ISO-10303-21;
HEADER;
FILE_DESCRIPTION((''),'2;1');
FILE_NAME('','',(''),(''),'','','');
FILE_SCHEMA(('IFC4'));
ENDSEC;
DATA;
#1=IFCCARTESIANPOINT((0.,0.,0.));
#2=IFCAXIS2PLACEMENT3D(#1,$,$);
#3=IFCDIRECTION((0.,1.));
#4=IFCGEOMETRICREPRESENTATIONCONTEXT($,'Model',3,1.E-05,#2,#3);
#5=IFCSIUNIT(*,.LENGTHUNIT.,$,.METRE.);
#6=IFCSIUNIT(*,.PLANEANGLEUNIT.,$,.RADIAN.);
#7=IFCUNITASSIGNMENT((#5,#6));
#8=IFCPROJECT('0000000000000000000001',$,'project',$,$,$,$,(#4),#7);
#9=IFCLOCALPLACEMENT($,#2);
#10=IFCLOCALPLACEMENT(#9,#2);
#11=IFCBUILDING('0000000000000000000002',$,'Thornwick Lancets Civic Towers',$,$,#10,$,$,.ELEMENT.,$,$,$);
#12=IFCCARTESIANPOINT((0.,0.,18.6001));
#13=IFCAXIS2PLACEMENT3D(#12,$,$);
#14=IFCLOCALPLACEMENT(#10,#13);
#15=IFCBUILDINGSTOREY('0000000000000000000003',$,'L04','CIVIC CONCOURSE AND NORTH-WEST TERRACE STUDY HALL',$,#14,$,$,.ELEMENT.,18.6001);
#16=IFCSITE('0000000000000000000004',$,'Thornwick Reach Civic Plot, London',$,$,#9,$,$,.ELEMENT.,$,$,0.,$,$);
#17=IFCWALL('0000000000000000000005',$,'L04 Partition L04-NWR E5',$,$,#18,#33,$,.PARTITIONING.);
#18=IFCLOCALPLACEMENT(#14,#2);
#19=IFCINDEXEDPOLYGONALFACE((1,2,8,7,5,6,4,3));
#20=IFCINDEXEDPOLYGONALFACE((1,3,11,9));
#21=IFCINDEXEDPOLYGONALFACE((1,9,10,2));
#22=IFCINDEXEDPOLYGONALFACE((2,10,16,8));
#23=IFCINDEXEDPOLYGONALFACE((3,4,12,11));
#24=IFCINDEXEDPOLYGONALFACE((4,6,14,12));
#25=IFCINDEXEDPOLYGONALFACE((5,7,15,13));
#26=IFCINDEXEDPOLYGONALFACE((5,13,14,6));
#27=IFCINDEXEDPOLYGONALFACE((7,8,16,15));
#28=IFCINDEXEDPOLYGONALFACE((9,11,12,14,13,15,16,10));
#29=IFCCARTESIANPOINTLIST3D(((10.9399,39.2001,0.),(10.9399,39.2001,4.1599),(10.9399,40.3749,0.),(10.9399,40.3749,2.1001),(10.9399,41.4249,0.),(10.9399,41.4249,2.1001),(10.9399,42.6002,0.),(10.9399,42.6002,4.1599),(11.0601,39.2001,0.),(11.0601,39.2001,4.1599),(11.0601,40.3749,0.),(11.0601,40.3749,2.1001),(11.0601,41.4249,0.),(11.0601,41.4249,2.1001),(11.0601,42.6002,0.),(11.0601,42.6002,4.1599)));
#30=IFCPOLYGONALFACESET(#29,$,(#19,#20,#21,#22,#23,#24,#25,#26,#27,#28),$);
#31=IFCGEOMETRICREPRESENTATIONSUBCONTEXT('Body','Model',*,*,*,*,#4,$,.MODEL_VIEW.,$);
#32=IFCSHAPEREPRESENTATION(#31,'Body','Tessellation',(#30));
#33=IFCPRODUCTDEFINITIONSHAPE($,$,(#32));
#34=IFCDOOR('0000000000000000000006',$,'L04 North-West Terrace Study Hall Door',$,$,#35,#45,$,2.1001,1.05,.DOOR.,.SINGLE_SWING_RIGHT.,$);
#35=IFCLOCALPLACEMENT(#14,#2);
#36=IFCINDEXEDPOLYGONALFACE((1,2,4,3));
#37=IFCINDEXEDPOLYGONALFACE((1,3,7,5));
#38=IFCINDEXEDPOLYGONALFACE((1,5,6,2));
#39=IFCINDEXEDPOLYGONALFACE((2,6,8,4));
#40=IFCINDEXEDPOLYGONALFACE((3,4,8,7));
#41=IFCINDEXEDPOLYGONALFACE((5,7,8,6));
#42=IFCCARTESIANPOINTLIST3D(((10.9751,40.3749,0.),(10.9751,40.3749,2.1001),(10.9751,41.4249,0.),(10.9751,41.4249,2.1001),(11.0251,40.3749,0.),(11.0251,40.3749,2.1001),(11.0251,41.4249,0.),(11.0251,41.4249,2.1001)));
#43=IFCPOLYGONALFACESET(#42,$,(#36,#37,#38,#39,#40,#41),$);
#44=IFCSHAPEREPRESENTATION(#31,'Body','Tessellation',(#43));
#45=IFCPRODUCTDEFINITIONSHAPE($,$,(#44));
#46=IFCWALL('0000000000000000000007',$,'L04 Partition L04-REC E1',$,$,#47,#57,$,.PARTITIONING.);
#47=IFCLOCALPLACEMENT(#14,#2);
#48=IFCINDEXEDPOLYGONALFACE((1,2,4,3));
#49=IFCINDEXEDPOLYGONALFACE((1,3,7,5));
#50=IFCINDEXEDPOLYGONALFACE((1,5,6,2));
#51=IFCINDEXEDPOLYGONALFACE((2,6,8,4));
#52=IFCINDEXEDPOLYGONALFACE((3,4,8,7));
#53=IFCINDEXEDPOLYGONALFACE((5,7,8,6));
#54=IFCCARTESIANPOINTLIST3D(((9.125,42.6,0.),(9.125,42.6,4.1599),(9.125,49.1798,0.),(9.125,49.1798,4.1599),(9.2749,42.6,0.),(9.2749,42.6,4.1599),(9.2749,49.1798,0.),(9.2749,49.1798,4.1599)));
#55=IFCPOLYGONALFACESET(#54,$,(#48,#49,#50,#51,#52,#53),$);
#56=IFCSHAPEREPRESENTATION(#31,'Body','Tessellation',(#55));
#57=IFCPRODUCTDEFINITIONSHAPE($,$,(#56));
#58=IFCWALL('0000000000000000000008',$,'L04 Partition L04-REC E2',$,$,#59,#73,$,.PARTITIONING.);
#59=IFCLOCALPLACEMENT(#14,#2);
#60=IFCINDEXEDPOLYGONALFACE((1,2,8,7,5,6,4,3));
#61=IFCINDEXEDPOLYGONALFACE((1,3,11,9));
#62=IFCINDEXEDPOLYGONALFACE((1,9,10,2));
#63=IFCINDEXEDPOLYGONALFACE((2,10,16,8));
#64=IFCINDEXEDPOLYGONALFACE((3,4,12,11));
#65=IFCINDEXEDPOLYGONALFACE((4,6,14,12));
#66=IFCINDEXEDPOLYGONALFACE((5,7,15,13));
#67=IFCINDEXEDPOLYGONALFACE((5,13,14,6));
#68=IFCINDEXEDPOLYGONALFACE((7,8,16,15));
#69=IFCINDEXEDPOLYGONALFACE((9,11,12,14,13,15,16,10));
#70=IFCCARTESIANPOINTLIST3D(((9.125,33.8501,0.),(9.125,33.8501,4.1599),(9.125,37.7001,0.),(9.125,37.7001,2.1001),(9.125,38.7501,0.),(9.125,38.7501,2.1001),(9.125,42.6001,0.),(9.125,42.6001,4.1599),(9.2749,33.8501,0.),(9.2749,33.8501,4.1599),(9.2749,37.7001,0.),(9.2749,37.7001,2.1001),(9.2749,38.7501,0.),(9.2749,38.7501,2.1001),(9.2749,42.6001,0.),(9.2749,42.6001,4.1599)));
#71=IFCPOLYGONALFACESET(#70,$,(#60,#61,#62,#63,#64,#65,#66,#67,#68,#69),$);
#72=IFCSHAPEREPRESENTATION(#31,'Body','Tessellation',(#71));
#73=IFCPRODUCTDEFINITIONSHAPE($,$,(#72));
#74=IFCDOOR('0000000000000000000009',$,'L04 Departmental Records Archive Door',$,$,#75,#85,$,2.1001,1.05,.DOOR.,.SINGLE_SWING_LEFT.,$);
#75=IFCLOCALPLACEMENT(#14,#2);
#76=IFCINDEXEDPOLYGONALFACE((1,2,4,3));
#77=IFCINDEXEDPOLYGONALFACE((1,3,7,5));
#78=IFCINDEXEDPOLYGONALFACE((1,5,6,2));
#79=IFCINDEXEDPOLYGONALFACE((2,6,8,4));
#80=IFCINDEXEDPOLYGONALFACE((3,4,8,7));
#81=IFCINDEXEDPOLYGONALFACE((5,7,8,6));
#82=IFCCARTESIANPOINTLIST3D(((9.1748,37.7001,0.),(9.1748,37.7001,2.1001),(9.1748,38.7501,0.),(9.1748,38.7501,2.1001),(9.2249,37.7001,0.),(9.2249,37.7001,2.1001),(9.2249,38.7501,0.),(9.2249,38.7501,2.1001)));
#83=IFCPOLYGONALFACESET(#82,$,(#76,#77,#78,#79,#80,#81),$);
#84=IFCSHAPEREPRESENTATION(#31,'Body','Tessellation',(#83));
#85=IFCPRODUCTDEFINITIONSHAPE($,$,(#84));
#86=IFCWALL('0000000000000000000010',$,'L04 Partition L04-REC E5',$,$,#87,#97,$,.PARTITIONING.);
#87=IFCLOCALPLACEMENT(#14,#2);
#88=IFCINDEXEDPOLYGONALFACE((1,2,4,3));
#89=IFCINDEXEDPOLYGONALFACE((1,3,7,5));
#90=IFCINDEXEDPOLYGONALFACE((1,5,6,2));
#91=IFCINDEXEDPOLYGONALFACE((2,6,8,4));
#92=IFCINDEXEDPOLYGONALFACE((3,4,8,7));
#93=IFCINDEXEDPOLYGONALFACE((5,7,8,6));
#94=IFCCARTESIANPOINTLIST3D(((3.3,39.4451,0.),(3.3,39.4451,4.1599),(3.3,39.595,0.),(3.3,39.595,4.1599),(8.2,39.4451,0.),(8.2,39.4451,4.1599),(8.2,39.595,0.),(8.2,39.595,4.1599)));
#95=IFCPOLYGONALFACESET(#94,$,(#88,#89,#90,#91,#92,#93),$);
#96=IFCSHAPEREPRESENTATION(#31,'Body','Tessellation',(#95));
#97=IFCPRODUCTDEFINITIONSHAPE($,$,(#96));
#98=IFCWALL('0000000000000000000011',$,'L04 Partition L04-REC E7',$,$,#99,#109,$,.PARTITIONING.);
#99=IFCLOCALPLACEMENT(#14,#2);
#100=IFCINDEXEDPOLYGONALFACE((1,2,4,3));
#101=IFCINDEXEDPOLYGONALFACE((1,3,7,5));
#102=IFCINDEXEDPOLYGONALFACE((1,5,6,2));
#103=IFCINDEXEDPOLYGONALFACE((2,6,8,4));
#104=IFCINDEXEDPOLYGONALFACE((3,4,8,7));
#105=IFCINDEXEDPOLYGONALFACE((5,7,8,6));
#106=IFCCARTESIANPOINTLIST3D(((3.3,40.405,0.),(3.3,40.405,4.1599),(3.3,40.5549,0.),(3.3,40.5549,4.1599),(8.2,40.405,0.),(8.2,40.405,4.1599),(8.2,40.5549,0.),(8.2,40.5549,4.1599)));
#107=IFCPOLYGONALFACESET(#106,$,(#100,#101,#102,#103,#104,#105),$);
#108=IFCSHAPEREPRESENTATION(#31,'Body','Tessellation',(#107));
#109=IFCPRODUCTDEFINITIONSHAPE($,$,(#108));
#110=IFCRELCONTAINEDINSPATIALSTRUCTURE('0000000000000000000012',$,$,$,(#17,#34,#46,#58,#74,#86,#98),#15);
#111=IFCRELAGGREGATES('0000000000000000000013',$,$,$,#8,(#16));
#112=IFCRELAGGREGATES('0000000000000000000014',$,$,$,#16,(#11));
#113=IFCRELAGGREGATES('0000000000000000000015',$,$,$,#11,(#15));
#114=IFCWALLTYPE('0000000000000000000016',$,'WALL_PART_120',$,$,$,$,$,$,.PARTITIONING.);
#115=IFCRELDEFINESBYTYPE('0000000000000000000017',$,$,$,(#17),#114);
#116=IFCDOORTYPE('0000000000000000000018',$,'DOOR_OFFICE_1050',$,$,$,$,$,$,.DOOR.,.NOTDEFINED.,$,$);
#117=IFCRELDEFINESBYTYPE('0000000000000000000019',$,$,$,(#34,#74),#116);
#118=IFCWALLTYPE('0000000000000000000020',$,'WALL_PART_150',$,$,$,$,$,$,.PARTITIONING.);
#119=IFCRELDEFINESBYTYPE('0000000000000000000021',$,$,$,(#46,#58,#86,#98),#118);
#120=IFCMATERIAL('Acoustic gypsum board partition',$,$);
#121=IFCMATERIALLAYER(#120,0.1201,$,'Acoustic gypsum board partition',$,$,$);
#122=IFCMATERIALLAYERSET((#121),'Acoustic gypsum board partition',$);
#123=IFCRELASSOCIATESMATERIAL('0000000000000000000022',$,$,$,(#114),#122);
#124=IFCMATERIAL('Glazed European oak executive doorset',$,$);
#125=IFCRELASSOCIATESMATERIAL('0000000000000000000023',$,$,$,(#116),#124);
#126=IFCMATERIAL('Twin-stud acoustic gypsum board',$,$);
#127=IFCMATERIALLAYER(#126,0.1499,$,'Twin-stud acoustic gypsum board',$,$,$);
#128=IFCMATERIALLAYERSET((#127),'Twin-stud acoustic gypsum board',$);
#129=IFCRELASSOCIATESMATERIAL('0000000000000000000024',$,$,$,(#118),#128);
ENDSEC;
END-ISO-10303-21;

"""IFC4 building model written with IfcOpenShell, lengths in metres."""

from ifc_helpers import new_model, si_unit, direction, frame, frame_2d, origin, place, context, subcontext, project, spatial, rectangle, extrude, material, layer, layer_set, type_object, element, fill, save


model = new_model("IFC4")

# Units and contexts
model_context = context("Model", 3, precision=1e-05, world=origin(), true_north=direction((0.0, 1.0)))
body_context = subcontext(model_context, "Body", "Model", "MODEL_VIEW")
ifc_project = project(units=[si_unit("LENGTHUNIT", "METRE"), si_unit("PLANEANGLEUNIT", "RADIAN")], contexts=[model_context])

# Site, building, storey
site_placement = place(None, origin())
site = spatial("IfcSite", under=ifc_project, at=site_placement, Name="Thornwick Reach Civic Plot, London", CompositionType="ELEMENT", RefElevation=0.0)
building_placement = place(site_placement, origin())
building = spatial("IfcBuilding", under=site, at=building_placement, Name="Thornwick Lancets Civic Towers", CompositionType="ELEMENT")
storey_placement = place(building_placement, frame((0.0, 0.0, 18.6001)))
storey = spatial("IfcBuildingStorey", under=building, at=storey_placement, Name="L04", Description="CIVIC CONCOURSE AND NORTH-WEST TERRACE STUDY HALL", CompositionType="ELEMENT", Elevation=18.6001)

# Shared definitions
ifc_material_1 = material(Name="Acoustic gypsum board partition")
ifc_layer_1 = layer(ifc_material_1, 0.1201, Name="Acoustic gypsum board partition")
ifc_layer_set_1 = layer_set([ifc_layer_1], Name="Acoustic gypsum board partition")
wall_type_1 = type_object("IfcWallType", Name="WALL_PART_120", PredefinedType="PARTITIONING", material=ifc_layer_set_1)

# Wall, opening, door
wall_1_placement = place(storey_placement, frame((11.0, 39.2, 0.0), z_axis=(0.0, 0.0, 1.0), x_axis=(0.0, 1.0, 0.0)))
wall_1 = element("IfcWall", 1, at=wall_1_placement, inside=storey, type_object=wall_type_1, Name="L04 Partition L04-NWR E5", PredefinedType="PARTITIONING", context=body_context, shape_type="SweptSolid", body=[
    extrude(rectangle(XDim=3.4001, YDim=0.1201, at=frame_2d((1.7002, 0.0))), origin(), (0.0, 0.0, 1.0), 4.1599),
])
opening_1_placement = place(wall_1_placement, frame((1.175, 0.0, 0.0)))
opening_1 = element("IfcOpeningElement", 2, at=opening_1_placement, cuts=wall_1, PredefinedType="OPENING", context=body_context, shape_type="SweptSolid", body=[
    extrude(rectangle(XDim=1.05, YDim=2.1001, at=frame_2d((0.5249, 1.05))), frame((0.0, 0.0701, 0.0), z_axis=(0.0, -1.0, 0.0), x_axis=(1.0, 0.0, 0.0)), (0.0, 0.0, 1.0), 0.1401),
])
ifc_material_2 = material(Name="Glazed European oak executive doorset")
door_type_1 = type_object("IfcDoorType", Name="DOOR_OFFICE_1050", OperationType="NOTDEFINED", PredefinedType="DOOR", material=ifc_material_2)
door_1_placement = place(opening_1_placement, origin())
door_1 = element("IfcDoor", 3, at=door_1_placement, inside=storey, type_object=door_type_1, Name="L04 North-West Terrace Study Hall Door", OperationType="SINGLE_SWING_RIGHT", OverallHeight=2.1001, OverallWidth=1.05, PredefinedType="DOOR", context=body_context, shape_type="SweptSolid", body=[
    extrude(rectangle(XDim=1.05, YDim=2.1001, at=frame_2d((0.5249, 1.05))), frame((0.0, 0.0249, 0.0), z_axis=(0.0, -1.0, 0.0), x_axis=(1.0, 0.0, 0.0)), (0.0, 0.0, 1.0), 0.05),
])
fill(opening_1, door_1)

# Wall
ifc_material_3 = material(Name="Twin-stud acoustic gypsum board")
ifc_layer_2 = layer(ifc_material_3, 0.1499, Name="Twin-stud acoustic gypsum board")
ifc_layer_set_2 = layer_set([ifc_layer_2], Name="Twin-stud acoustic gypsum board")
wall_type_2 = type_object("IfcWallType", Name="WALL_PART_150", PredefinedType="PARTITIONING", material=ifc_layer_set_2)
wall_2_placement = place(storey_placement, frame((9.2, 49.1799, 0.0), z_axis=(0.0, 0.0, 1.0), x_axis=(0.0, -1.0, 0.0)))
element("IfcWall", 4, at=wall_2_placement, inside=storey, type_object=wall_type_2, Name="L04 Partition L04-REC E1", PredefinedType="PARTITIONING", context=body_context, shape_type="SweptSolid", body=[
    extrude(rectangle(XDim=6.5798, YDim=0.1499, at=frame_2d((3.29, 0.0))), origin(), (0.0, 0.0, 1.0), 4.1599),
])

# Wall, opening, door
wall_3_placement = place(storey_placement, frame((9.2, 42.6001, 0.0), z_axis=(0.0, 0.0, 1.0), x_axis=(0.0, -1.0, 0.0)))
wall_3 = element("IfcWall", 5, at=wall_3_placement, inside=storey, type_object=wall_type_2, Name="L04 Partition L04-REC E2", PredefinedType="PARTITIONING", context=body_context, shape_type="SweptSolid", body=[
    extrude(rectangle(XDim=8.75, YDim=0.1499, at=frame_2d((4.375, 0.0))), origin(), (0.0, 0.0, 1.0), 4.1599),
])
opening_2_placement = place(wall_3_placement, frame((3.8501, 0.0, 0.0)))
opening_2 = element("IfcOpeningElement", 6, at=opening_2_placement, cuts=wall_3, PredefinedType="OPENING", context=body_context, shape_type="SweptSolid", body=[
    extrude(rectangle(XDim=1.05, YDim=2.1001, at=frame_2d((0.5249, 1.05))), frame((0.0, 0.085, 0.0), z_axis=(0.0, -1.0, 0.0), x_axis=(1.0, 0.0, 0.0)), (0.0, 0.0, 1.0), 0.1699),
])
door_2_placement = place(opening_2_placement, origin())
door_2 = element("IfcDoor", 7, at=door_2_placement, inside=storey, type_object=door_type_1, Name="L04 Departmental Records Archive Door", OperationType="SINGLE_SWING_LEFT", OverallHeight=2.1001, OverallWidth=1.05, PredefinedType="DOOR", context=body_context, shape_type="SweptSolid", body=[
    extrude(rectangle(XDim=1.05, YDim=2.1001, at=frame_2d((0.5249, 1.05))), frame((0.0, 0.0249, 0.0), z_axis=(0.0, -1.0, 0.0), x_axis=(1.0, 0.0, 0.0)), (0.0, 0.0, 1.0), 0.05),
])
fill(opening_2, door_2)

# Walls
for number, where, z_axis, x_axis, name in (
    (8, (3.3, 39.52, 0.0), (0.0, 0.0, 1.0), (1.0, 0.0, 0.0), "L04 Partition L04-REC E5"),
    (9, (8.2, 40.48, 0.0), (0.0, 0.0, 1.0), (-1.0, 0.0, 0.0), "L04 Partition L04-REC E7"),
):
    element("IfcWall", number, at=place(storey_placement, frame(where, z_axis=z_axis, x_axis=x_axis)), inside=storey, type_object=wall_type_2, Name=name, PredefinedType="PARTITIONING", context=body_context, shape_type="SweptSolid", body=[
        extrude(rectangle(XDim=4.8999, YDim=0.1499, at=frame_2d((2.45, 0.0))), origin(), (0.0, 0.0, 1.0), 4.1599),
    ])

save(model, "model.ifc")
